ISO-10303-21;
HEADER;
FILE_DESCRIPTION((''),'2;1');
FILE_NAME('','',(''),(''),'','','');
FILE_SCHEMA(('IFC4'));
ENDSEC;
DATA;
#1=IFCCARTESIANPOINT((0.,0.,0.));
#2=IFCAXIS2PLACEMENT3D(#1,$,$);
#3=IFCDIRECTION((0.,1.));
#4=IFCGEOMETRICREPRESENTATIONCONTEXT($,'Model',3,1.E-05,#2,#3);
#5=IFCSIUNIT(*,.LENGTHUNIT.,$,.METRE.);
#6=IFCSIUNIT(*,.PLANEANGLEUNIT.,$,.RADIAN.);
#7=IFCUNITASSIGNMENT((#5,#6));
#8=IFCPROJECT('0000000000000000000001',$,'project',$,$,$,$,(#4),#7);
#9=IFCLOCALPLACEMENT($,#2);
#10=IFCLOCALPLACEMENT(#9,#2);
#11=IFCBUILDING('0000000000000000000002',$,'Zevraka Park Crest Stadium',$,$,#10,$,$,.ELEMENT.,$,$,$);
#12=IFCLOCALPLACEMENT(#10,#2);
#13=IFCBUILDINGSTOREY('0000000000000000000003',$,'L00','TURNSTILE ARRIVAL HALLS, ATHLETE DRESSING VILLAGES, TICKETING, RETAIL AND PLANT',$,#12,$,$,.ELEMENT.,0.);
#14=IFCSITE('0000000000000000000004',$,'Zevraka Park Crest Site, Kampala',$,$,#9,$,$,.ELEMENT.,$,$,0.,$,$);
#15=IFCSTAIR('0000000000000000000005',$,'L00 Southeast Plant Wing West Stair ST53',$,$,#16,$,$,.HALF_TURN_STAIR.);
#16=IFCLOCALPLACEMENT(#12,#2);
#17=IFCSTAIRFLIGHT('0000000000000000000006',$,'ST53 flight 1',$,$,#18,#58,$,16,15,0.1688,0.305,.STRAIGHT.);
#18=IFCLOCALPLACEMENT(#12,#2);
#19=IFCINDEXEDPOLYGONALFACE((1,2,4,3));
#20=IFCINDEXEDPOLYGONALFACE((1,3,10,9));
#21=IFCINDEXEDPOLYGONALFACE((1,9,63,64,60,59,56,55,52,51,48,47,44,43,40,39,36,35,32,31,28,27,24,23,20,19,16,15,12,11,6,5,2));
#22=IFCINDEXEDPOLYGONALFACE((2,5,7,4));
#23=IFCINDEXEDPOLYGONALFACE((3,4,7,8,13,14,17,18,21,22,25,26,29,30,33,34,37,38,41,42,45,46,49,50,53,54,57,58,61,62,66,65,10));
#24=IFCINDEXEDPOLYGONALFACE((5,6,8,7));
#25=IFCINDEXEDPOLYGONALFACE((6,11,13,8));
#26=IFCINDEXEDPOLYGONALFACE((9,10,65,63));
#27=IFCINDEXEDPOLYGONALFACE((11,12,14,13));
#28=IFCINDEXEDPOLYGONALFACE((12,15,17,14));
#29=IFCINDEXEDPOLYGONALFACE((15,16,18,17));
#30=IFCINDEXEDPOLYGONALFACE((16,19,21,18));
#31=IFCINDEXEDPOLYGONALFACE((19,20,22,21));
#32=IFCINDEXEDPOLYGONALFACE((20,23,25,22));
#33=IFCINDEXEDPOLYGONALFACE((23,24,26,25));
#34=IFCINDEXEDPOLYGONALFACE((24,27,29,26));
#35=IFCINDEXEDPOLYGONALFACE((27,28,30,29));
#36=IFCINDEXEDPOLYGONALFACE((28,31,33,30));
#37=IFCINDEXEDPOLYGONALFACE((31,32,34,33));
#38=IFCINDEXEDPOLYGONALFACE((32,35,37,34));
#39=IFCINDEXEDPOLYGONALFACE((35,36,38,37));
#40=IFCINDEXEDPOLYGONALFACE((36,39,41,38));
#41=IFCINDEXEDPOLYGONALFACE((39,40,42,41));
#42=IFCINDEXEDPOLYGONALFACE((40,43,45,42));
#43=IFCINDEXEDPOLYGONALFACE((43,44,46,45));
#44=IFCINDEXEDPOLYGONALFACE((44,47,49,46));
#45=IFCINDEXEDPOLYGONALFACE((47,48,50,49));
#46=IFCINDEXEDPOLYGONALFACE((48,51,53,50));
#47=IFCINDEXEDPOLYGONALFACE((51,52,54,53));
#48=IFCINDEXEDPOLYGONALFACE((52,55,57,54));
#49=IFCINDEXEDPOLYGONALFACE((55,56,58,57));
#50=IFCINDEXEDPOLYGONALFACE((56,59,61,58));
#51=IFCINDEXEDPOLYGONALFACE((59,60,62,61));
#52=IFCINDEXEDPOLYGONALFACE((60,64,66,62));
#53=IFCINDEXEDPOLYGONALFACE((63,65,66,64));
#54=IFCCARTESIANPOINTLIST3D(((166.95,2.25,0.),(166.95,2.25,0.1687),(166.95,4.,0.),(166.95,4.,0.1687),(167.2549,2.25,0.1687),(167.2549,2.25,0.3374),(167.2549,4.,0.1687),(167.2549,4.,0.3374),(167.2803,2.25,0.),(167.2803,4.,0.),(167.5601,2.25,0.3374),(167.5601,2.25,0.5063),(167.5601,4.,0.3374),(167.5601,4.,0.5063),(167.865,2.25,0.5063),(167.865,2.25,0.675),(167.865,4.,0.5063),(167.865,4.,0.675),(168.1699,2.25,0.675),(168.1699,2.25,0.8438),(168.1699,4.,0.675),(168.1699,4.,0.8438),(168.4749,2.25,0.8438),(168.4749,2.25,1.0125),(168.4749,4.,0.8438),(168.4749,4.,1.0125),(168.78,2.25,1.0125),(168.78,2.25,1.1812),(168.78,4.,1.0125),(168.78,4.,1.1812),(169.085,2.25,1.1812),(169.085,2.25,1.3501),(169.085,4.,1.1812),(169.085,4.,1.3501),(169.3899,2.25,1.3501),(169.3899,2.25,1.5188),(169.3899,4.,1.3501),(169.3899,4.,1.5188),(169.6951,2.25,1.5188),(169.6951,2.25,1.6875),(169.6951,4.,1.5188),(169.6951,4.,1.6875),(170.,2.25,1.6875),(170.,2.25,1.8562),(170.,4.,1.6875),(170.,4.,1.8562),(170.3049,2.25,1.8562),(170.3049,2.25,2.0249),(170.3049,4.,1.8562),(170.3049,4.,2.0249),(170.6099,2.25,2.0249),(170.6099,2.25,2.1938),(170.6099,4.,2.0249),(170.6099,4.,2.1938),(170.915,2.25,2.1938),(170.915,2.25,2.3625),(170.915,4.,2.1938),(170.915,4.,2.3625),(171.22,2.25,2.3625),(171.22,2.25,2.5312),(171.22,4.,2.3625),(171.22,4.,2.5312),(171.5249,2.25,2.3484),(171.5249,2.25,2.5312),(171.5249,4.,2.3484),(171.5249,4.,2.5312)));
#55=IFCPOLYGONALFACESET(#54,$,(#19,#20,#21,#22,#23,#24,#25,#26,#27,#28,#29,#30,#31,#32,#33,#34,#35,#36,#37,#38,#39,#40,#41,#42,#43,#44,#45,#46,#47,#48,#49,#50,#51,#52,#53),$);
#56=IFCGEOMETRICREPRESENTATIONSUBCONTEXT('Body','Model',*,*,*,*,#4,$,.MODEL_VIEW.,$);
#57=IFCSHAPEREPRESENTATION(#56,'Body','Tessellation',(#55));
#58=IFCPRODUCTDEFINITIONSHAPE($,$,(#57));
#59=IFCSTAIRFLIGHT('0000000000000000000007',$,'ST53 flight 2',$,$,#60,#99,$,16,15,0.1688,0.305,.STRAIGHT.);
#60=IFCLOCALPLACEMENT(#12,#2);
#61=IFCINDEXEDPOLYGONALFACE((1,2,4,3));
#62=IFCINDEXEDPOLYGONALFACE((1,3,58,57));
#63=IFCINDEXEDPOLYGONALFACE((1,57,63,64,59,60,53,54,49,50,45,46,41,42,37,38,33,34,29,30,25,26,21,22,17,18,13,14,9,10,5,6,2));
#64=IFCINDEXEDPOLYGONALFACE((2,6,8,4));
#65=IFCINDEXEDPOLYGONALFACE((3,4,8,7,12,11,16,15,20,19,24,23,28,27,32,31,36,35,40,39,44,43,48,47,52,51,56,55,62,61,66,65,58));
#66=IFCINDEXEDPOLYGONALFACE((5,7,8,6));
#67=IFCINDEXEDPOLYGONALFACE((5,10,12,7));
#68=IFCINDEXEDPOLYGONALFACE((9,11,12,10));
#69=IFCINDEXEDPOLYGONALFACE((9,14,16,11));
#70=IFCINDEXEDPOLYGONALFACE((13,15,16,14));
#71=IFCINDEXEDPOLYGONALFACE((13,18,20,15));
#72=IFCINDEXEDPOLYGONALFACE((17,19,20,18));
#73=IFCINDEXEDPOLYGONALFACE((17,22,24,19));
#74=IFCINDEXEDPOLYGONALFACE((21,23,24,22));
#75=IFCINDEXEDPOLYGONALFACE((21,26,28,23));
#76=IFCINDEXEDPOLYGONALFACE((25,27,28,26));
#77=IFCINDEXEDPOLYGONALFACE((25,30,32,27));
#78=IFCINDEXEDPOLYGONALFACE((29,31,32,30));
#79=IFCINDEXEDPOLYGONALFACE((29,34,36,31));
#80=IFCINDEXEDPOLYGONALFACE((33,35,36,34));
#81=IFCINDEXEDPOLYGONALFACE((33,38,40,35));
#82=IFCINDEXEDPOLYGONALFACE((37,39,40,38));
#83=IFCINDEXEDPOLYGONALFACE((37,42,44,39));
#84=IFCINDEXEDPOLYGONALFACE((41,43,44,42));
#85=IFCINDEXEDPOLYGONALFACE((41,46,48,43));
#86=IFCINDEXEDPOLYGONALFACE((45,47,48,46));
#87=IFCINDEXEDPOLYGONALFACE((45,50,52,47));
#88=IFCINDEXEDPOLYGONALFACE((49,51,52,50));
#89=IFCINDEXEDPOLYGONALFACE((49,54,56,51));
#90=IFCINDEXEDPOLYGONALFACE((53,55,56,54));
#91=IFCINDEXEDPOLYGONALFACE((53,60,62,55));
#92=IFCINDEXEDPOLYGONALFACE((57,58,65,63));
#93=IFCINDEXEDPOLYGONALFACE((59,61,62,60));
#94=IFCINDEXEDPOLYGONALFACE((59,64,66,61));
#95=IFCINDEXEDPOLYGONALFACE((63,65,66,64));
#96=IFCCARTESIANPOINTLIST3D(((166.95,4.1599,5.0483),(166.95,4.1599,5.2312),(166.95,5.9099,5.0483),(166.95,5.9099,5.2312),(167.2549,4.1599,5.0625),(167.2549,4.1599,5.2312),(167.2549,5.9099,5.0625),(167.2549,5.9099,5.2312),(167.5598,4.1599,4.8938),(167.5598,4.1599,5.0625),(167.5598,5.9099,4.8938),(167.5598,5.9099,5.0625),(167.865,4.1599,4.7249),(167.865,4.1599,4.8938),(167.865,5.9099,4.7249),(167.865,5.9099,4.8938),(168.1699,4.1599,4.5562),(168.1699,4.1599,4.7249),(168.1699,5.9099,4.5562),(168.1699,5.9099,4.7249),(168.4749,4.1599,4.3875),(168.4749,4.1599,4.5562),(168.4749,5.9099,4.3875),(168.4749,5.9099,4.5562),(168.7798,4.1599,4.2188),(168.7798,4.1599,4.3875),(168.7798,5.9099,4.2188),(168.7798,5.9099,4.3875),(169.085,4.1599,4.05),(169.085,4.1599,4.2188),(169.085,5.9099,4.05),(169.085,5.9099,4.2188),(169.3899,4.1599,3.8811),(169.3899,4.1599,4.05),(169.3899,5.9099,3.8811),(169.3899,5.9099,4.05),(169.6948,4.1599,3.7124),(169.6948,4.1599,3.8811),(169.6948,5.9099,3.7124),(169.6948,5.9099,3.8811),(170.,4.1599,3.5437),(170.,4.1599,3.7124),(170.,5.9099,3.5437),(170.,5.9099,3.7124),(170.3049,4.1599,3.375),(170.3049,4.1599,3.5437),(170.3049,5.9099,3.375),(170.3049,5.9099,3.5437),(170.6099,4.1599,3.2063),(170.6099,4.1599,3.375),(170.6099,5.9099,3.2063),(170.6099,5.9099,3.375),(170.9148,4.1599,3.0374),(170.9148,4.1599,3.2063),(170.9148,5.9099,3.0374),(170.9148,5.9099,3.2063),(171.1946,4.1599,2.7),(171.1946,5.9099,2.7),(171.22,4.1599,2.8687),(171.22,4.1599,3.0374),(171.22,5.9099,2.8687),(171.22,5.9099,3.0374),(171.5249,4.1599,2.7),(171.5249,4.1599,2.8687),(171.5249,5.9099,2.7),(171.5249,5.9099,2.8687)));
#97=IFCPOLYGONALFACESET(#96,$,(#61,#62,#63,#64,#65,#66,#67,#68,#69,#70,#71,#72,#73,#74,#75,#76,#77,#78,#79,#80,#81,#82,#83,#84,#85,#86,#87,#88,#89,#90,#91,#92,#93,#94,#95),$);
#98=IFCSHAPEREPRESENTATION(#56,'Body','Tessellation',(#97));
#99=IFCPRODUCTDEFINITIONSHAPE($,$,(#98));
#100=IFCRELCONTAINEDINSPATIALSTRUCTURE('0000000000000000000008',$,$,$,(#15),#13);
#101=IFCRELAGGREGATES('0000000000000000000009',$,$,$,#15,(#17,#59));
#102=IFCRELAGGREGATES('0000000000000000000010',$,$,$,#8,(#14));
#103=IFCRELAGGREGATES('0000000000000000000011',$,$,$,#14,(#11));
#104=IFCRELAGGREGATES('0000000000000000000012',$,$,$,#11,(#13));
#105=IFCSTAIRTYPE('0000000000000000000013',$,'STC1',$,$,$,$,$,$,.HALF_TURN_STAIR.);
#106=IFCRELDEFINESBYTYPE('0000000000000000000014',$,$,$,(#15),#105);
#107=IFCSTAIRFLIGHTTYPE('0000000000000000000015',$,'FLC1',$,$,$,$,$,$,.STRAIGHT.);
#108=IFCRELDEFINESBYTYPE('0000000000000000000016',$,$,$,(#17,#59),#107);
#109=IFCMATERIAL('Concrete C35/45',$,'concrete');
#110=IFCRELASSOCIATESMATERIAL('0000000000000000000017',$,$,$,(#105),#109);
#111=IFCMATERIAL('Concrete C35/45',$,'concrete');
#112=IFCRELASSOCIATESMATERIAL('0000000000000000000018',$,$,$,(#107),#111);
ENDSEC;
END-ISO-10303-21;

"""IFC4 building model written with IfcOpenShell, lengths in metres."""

from ifc_helpers import new_model, si_unit, direction, frame, origin, place, context, subcontext, project, spatial, polyline, outline, extrude, material, type_object, element, aggregate, save


model = new_model("IFC4")

# Units and contexts
model_context = context("Model", 3, precision=1e-05, world=origin(), true_north=direction((0.0, 1.0)))
body_context = subcontext(model_context, "Body", "Model", "MODEL_VIEW")
ifc_project = project(units=[si_unit("LENGTHUNIT", "METRE"), si_unit("PLANEANGLEUNIT", "RADIAN")], contexts=[model_context])

# Site, building, storey
site_placement = place(None, origin())
site = spatial("IfcSite", under=ifc_project, at=site_placement, Name="Zevraka Park Crest Site, Kampala", CompositionType="ELEMENT", RefElevation=0.0)
building_placement = place(site_placement, origin())
building = spatial("IfcBuilding", under=site, at=building_placement, Name="Zevraka Park Crest Stadium", CompositionType="ELEMENT")
storey_placement = place(building_placement, origin())
storey = spatial("IfcBuildingStorey", under=building, at=storey_placement, Name="L00", Description="TURNSTILE ARRIVAL HALLS, ATHLETE DRESSING VILLAGES, TICKETING, RETAIL AND PLANT", CompositionType="ELEMENT", Elevation=0.0)

# Stair, stair flights
ifc_material_1 = material(Name="Concrete C35/45", Category="concrete")
stair_type = type_object("IfcStairType", Name="STC1", PredefinedType="HALF_TURN_STAIR", material=ifc_material_1)
stair_placement = place(storey_placement, origin())
stair = element("IfcStair", 1, at=stair_placement, inside=storey, type_object=stair_type, Name="L00 Southeast Plant Wing West Stair ST53", PredefinedType="HALF_TURN_STAIR")
ifc_material_2 = material(Name="Concrete C35/45", Category="concrete")
stair_flight_type = type_object("IfcStairFlightType", Name="FLC1", PredefinedType="STRAIGHT", material=ifc_material_2)
stair_flight_1_placement = place(storey_placement, frame((166.95, 3.125, 0.0), z_axis=(0.0, 0.0, 1.0), x_axis=(1.0, 0.0, 0.0)))
stair_flight_1 = element("IfcStairFlight", 2, at=stair_flight_1_placement, type_object=stair_flight_type, Name="ST53 flight 1", NumberOfRisers=16, NumberOfTreads=15, PredefinedType="STRAIGHT", RiserHeight=0.1688, TreadLength=0.305, context=body_context, shape_type="SweptSolid", body=[
    extrude(outline(polyline([(0.0, 0.0), (0.0, 0.1687), (0.3049, 0.1687), (0.3049, 0.3374), (0.6101, 0.3374), (0.6101, 0.5063), (0.915, 0.5063), (0.915, 0.675), (1.22, 0.675), (1.22, 0.8438), (1.5249, 0.8438), (1.5249, 1.0125), (1.8301, 1.0125), (1.8301, 1.1812), (2.135, 1.1812), (2.135, 1.3501), (2.4399, 1.3501), (2.4399, 1.5188), (2.7451, 1.5188), (2.7451, 1.6875), (3.05, 1.6875), (3.05, 1.8562), (3.355, 1.8562), (3.355, 2.0249), (3.6599, 2.0249), (3.6599, 2.1938), (3.9651, 2.1938), (3.9651, 2.3625), (4.27, 2.3625), (4.27, 2.5312), (4.575, 2.5312), (4.575, 2.7), (4.575, 2.3484), (0.3303, 0.0), (0.0, 0.0)])), frame((0.0, 0.875, 0.0), z_axis=(0.0, -1.0, 0.0), x_axis=(1.0, 0.0, 0.0)), (0.0, 0.0, 1.0), 1.75),
])
stair_flight_2_placement = place(storey_placement, frame((171.5249, 5.0349, 2.7), z_axis=(0.0, 0.0, 1.0), x_axis=(-1.0, 0.0, 0.0)))
stair_flight_2 = element("IfcStairFlight", 3, at=stair_flight_2_placement, type_object=stair_flight_type, Name="ST53 flight 2", NumberOfRisers=16, NumberOfTreads=15, PredefinedType="STRAIGHT", RiserHeight=0.1688, TreadLength=0.305, context=body_context, shape_type="SweptSolid", body=[
    extrude(outline(polyline([(0.0, 0.0), (0.0, 0.1687), (0.3049, 0.1687), (0.3049, 0.3374), (0.6101, 0.3374), (0.6101, 0.5063), (0.915, 0.5063), (0.915, 0.675), (1.22, 0.675), (1.22, 0.8438), (1.5249, 0.8438), (1.5249, 1.0125), (1.8301, 1.0125), (1.8301, 1.1812), (2.135, 1.1812), (2.135, 1.3501), (2.4399, 1.3501), (2.4399, 1.5188), (2.7451, 1.5188), (2.7451, 1.6875), (3.05, 1.6875), (3.05, 1.8562), (3.355, 1.8562), (3.355, 2.0249), (3.6599, 2.0249), (3.6599, 2.1938), (3.9651, 2.1938), (3.9651, 2.3625), (4.27, 2.3625), (4.27, 2.5312), (4.575, 2.5312), (4.575, 2.7), (4.575, 2.3484), (0.3303, 0.0), (0.0, 0.0)])), frame((0.0, 0.875, 0.0), z_axis=(0.0, -1.0, 0.0), x_axis=(1.0, 0.0, 0.0)), (0.0, 0.0, 1.0), 1.75),
])
aggregate(stair, [stair_flight_1, stair_flight_2])

save(model, "model.ifc")
